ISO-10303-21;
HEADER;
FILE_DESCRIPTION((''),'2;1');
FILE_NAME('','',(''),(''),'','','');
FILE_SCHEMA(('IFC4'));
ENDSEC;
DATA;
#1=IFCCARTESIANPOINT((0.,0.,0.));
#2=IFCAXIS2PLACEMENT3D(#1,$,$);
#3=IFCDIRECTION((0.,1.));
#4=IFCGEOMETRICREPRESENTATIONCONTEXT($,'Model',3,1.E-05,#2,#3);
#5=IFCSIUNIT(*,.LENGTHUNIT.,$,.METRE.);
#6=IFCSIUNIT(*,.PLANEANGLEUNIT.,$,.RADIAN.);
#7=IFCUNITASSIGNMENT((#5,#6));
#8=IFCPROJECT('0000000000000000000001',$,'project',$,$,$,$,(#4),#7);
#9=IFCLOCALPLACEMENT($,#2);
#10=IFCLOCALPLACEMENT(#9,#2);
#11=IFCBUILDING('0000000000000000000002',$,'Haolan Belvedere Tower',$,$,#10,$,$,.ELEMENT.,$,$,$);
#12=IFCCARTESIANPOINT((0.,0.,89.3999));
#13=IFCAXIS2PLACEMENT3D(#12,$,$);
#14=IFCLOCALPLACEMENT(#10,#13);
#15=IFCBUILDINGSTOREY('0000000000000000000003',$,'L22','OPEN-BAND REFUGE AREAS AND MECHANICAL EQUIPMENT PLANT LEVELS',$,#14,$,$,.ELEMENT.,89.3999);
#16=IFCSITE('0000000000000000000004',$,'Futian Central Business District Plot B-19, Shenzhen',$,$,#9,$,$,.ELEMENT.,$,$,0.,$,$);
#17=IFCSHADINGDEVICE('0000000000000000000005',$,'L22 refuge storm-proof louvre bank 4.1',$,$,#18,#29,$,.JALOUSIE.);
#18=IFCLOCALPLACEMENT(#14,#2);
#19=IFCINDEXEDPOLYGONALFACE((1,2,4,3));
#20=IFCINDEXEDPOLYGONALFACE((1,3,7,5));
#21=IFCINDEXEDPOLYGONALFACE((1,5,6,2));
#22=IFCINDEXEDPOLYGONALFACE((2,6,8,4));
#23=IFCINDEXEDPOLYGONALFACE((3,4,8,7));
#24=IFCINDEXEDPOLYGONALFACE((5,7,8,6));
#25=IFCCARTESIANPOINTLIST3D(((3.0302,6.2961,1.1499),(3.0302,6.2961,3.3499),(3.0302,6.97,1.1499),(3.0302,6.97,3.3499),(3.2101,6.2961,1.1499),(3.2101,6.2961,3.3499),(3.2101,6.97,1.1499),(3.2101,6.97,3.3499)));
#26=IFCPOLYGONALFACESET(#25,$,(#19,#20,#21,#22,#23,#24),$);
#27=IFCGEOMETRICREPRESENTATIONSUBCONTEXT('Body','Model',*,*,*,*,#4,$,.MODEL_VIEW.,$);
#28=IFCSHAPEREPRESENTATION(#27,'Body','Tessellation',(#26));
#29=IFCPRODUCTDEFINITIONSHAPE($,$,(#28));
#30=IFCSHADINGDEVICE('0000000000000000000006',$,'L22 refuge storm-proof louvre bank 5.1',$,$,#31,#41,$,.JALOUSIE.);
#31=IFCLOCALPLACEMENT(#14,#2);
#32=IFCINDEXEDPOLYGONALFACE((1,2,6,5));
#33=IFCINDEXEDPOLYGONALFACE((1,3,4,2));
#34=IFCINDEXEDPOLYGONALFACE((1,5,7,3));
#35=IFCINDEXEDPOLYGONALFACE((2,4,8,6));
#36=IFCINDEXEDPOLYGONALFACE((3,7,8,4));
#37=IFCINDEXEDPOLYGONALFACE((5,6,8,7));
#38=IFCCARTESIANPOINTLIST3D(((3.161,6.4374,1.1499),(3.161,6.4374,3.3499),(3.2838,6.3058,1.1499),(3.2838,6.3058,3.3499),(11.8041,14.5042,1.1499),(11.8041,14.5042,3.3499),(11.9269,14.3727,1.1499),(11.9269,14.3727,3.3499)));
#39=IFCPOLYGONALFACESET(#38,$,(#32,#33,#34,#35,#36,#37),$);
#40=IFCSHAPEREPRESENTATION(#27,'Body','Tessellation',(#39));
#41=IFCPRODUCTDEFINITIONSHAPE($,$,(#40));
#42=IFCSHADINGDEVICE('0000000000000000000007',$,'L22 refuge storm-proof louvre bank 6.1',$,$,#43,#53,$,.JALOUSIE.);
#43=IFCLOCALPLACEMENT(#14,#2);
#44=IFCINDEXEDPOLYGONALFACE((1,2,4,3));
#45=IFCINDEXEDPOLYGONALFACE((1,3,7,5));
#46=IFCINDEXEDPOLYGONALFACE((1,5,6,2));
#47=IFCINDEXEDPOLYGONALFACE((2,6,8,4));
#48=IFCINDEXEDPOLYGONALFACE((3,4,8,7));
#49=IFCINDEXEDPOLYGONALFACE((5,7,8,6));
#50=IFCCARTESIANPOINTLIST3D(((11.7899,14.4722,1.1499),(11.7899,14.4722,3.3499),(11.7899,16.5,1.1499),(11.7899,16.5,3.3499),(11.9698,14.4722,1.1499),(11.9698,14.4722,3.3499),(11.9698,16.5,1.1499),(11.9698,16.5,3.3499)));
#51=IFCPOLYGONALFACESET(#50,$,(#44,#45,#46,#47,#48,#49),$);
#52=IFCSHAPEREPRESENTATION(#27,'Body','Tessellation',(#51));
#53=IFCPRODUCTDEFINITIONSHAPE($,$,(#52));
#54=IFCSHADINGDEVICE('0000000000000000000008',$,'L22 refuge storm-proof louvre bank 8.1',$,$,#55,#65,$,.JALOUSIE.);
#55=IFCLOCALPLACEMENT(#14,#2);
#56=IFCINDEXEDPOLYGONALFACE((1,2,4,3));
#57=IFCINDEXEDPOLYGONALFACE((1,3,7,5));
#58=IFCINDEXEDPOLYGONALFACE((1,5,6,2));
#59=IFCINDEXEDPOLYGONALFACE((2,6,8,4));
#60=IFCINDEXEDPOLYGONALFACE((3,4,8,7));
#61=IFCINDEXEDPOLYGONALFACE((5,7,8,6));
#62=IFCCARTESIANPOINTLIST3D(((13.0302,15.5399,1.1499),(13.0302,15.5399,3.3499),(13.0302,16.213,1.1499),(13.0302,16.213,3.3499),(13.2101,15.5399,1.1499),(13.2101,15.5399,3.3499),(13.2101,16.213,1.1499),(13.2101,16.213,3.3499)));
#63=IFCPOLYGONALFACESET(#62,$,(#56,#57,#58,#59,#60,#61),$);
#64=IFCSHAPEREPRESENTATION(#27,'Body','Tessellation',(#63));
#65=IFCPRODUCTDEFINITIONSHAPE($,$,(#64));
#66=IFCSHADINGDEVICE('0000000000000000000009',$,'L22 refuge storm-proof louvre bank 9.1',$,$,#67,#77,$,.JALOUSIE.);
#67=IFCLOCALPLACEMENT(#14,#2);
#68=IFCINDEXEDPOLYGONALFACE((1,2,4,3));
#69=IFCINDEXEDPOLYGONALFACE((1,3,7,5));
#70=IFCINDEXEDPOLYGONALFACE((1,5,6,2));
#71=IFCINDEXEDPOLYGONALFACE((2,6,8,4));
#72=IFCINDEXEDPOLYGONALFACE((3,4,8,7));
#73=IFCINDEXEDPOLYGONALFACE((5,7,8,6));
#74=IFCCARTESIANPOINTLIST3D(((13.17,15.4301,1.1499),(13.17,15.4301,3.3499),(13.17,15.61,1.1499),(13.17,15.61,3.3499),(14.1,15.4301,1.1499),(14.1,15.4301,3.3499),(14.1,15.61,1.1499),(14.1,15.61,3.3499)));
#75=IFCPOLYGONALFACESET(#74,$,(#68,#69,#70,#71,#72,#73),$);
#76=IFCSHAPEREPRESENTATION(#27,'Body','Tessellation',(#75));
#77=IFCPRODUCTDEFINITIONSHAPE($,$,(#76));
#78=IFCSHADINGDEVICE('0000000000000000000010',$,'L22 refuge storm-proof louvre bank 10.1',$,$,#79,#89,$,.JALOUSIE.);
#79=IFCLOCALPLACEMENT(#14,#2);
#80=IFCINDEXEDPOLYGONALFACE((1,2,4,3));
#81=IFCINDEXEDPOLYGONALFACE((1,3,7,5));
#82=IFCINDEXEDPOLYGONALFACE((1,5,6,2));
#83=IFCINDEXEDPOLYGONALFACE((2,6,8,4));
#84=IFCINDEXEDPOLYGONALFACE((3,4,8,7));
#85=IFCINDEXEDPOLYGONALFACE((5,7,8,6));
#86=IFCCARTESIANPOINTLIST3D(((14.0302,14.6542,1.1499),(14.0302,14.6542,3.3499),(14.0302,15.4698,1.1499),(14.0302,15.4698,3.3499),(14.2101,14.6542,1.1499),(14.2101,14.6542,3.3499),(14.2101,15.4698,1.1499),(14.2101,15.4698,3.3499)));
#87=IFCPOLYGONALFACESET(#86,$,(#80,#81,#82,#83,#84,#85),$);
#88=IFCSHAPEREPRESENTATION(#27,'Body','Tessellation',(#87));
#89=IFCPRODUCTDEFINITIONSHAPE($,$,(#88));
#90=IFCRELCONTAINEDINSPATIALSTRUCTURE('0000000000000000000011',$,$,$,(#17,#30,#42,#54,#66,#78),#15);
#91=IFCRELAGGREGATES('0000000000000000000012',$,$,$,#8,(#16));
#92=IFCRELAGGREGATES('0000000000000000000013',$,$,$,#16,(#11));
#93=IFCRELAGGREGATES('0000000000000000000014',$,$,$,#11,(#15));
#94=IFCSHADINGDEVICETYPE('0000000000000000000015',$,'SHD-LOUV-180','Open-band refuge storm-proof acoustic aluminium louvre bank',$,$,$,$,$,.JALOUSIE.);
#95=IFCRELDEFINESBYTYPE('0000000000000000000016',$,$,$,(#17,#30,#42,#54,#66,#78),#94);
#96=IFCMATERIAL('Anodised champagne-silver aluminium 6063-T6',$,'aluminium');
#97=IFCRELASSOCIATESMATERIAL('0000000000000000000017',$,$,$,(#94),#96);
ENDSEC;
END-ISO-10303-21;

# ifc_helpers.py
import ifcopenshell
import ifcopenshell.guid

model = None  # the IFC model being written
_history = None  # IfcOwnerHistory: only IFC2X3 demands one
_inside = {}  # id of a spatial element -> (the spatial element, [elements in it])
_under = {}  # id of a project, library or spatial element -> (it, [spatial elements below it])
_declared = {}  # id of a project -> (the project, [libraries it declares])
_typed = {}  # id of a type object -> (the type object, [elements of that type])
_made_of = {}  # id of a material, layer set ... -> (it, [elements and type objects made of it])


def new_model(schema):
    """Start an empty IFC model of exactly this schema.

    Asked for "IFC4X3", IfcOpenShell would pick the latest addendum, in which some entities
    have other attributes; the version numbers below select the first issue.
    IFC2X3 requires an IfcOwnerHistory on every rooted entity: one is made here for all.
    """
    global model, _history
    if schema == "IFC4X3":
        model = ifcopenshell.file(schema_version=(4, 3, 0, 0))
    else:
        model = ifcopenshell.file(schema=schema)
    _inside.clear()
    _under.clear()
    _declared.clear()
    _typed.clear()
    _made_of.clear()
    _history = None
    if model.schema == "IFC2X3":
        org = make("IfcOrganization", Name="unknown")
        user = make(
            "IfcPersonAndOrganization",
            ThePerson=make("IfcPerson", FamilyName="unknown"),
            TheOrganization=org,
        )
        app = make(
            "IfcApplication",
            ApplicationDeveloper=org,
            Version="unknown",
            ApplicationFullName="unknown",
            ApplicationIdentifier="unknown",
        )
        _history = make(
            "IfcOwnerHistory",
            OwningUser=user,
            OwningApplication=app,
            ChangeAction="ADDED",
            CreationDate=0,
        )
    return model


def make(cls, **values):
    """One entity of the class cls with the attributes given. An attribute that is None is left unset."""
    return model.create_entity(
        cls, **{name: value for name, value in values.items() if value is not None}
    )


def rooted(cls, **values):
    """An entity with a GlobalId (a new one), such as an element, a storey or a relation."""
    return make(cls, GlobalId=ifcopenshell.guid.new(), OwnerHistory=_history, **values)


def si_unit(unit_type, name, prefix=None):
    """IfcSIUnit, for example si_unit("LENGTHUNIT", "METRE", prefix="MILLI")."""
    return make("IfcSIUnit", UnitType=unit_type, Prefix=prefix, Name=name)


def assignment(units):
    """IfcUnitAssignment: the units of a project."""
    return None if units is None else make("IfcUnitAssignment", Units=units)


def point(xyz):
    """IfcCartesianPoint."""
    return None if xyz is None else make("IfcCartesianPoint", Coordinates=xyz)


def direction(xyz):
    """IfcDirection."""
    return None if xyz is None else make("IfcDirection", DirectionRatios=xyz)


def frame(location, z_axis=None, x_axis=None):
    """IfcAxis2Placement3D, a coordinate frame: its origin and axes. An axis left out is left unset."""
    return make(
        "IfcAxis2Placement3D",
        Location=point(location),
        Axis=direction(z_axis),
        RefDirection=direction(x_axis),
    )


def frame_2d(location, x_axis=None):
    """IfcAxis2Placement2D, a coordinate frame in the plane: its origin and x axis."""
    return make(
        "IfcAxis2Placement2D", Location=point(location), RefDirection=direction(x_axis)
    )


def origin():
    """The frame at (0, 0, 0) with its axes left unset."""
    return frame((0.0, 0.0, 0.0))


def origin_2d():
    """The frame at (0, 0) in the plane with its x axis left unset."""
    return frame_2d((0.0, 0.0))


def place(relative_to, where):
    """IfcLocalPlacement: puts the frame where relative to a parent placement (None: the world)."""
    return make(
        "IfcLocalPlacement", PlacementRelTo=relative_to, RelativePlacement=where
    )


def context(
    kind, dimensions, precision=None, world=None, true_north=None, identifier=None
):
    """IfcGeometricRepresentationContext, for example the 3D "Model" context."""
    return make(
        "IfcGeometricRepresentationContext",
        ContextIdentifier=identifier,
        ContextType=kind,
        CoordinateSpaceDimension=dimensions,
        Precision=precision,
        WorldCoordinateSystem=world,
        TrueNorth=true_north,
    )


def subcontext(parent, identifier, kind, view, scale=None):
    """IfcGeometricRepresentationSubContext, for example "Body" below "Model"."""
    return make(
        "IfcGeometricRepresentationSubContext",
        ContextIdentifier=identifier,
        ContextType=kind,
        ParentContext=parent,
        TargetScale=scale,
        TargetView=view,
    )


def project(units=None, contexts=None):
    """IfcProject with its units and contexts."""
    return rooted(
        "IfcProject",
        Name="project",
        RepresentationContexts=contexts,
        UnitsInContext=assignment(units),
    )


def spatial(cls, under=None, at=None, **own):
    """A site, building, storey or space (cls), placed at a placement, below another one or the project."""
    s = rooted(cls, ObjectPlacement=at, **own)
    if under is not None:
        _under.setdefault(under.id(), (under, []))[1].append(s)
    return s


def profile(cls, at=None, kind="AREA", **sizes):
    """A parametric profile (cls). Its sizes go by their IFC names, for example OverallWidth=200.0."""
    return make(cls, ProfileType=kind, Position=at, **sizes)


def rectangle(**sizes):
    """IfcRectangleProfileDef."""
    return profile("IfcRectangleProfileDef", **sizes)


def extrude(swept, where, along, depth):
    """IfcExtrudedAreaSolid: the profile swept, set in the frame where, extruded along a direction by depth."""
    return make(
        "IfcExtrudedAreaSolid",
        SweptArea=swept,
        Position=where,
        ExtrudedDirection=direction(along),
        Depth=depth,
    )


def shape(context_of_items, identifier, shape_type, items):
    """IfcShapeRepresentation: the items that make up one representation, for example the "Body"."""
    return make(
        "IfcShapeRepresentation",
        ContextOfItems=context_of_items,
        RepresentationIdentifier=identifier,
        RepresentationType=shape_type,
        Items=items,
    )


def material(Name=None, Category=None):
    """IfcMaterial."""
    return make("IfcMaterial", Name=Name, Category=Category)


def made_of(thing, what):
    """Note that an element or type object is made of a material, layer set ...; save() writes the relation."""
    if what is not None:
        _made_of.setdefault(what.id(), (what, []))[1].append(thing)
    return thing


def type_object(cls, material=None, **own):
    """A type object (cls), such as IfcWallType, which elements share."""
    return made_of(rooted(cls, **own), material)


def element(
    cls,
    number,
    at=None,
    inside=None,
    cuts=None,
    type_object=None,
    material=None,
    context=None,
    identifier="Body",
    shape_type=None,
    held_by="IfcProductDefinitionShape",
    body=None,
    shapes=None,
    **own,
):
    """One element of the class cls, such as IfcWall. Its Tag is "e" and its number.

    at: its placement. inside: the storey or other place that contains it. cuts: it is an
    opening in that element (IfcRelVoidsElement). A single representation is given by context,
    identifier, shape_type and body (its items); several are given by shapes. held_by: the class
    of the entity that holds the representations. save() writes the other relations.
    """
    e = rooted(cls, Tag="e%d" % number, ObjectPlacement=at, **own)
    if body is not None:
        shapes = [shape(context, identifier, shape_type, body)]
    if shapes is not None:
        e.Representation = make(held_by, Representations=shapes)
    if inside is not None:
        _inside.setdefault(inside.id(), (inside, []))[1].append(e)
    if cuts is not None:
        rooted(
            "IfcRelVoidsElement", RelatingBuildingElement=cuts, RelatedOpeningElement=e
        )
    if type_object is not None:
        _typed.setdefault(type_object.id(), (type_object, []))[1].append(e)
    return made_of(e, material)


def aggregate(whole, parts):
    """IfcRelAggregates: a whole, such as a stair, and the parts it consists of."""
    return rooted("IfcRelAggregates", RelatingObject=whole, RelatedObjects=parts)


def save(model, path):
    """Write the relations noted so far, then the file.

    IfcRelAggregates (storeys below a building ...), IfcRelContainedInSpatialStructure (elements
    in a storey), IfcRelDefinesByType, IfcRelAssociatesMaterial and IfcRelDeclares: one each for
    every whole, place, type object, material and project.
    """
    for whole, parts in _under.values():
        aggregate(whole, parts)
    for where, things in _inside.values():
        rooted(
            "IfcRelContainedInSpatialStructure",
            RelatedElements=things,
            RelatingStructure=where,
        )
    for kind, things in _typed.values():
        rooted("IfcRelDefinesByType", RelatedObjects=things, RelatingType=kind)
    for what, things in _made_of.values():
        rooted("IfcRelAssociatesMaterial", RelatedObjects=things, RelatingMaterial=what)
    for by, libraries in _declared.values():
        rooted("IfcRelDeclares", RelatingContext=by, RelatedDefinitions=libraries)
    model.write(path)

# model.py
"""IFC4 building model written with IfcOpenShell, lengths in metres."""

from ifc_helpers import new_model, si_unit, direction, frame, origin, origin_2d, place, context, subcontext, project, spatial, rectangle, extrude, material, type_object, element, save


model = new_model("IFC4")

# Units and contexts
model_context = context("Model", 3, precision=1e-05, world=origin(), true_north=direction((0.0, 1.0)))
body_context = subcontext(model_context, "Body", "Model", "MODEL_VIEW")
ifc_project = project(units=[si_unit("LENGTHUNIT", "METRE"), si_unit("PLANEANGLEUNIT", "RADIAN")], contexts=[model_context])

# Site, building, storey
site_placement = place(None, origin())
site = spatial("IfcSite", under=ifc_project, at=site_placement, Name="Futian Central Business District Plot B-19, Shenzhen", CompositionType="ELEMENT", RefElevation=0.0)
building_placement = place(site_placement, origin())
building = spatial("IfcBuilding", under=site, at=building_placement, Name="Haolan Belvedere Tower", CompositionType="ELEMENT")
storey_placement = place(building_placement, frame((0.0, 0.0, 89.3999)))
storey = spatial("IfcBuildingStorey", under=building, at=storey_placement, Name="L22", Description="OPEN-BAND REFUGE AREAS AND MECHANICAL EQUIPMENT PLANT LEVELS", CompositionType="ELEMENT", Elevation=89.3999)

# Shading devices
ifc_material_1 = material(Name="Anodised champagne-silver aluminium 6063-T6", Category="aluminium")
shading_device_type = type_object("IfcShadingDeviceType", Name="SHD-LOUV-180", Description="Open-band refuge storm-proof acoustic aluminium louvre bank", PredefinedType="JALOUSIE", material=ifc_material_1)
shading_device_1_placement = place(storey_placement, frame((3.1201, 6.6331, 1.1499), z_axis=(0.0, 0.0, 1.0), x_axis=(0.0, -1.0, 0.0)))
element("IfcShadingDevice", 1, at=shading_device_1_placement, inside=storey, type_object=shading_device_type, Name="L22 refuge storm-proof louvre bank 4.1", PredefinedType="JALOUSIE", context=body_context, shape_type="SweptSolid", body=[
    extrude(rectangle(XDim=0.6738, YDim=0.1799, at=origin_2d()), origin(), (0.0, 0.0, 1.0), 2.2),
])
shading_device_2_placement = place(storey_placement, frame((7.5439, 10.405, 1.1499), z_axis=(0.0, 0.0, 1.0), x_axis=(0.731056, 0.682317, 0.0)))
element("IfcShadingDevice", 2, at=shading_device_2_placement, inside=storey, type_object=shading_device_type, Name="L22 refuge storm-proof louvre bank 5.1", PredefinedType="JALOUSIE", context=body_context, shape_type="SweptSolid", body=[
    extrude(rectangle(XDim=11.8228, YDim=0.1799, at=origin_2d()), origin(), (0.0, 0.0, 1.0), 2.2),
])
shading_device_3_placement = place(storey_placement, frame((11.8799, 15.4861, 1.1499), z_axis=(0.0, 0.0, 1.0), x_axis=(0.0, 1.0, 0.0)))
element("IfcShadingDevice", 3, at=shading_device_3_placement, inside=storey, type_object=shading_device_type, Name="L22 refuge storm-proof louvre bank 6.1", PredefinedType="JALOUSIE", context=body_context, shape_type="SweptSolid", body=[
    extrude(rectangle(XDim=2.0278, YDim=0.1799, at=origin_2d()), origin(), (0.0, 0.0, 1.0), 2.2),
])
shading_device_4_placement = place(storey_placement, frame((13.1201, 15.8765, 1.1499), z_axis=(0.0, 0.0, 1.0), x_axis=(0.0, -1.0, 0.0)))
element("IfcShadingDevice", 4, at=shading_device_4_placement, inside=storey, type_object=shading_device_type, Name="L22 refuge storm-proof louvre bank 8.1", PredefinedType="JALOUSIE", context=body_context, shape_type="SweptSolid", body=[
    extrude(rectangle(XDim=0.6731, YDim=0.1799, at=origin_2d()), origin(), (0.0, 0.0, 1.0), 2.2),
])
shading_device_5_placement = place(storey_placement, frame((13.635, 15.52, 1.1499), z_axis=(0.0, 0.0, 1.0), x_axis=(1.0, 0.0, 0.0)))
element("IfcShadingDevice", 5, at=shading_device_5_placement, inside=storey, type_object=shading_device_type, Name="L22 refuge storm-proof louvre bank 9.1", PredefinedType="JALOUSIE", context=body_context, shape_type="SweptSolid", body=[
    extrude(rectangle(XDim=0.9299, YDim=0.1799, at=origin_2d()), origin(), (0.0, 0.0, 1.0), 2.2),
])
shading_device_6_placement = place(storey_placement, frame((14.1201, 15.062, 1.1499), z_axis=(0.0, 0.0, 1.0), x_axis=(0.0, -1.0, 0.0)))
element("IfcShadingDevice", 6, at=shading_device_6_placement, inside=storey, type_object=shading_device_type, Name="L22 refuge storm-proof louvre bank 10.1", PredefinedType="JALOUSIE", context=body_context, shape_type="SweptSolid", body=[
    extrude(rectangle(XDim=0.8157, YDim=0.1799, at=origin_2d()), origin(), (0.0, 0.0, 1.0), 2.2),
])

save(model, "model.ifc")
